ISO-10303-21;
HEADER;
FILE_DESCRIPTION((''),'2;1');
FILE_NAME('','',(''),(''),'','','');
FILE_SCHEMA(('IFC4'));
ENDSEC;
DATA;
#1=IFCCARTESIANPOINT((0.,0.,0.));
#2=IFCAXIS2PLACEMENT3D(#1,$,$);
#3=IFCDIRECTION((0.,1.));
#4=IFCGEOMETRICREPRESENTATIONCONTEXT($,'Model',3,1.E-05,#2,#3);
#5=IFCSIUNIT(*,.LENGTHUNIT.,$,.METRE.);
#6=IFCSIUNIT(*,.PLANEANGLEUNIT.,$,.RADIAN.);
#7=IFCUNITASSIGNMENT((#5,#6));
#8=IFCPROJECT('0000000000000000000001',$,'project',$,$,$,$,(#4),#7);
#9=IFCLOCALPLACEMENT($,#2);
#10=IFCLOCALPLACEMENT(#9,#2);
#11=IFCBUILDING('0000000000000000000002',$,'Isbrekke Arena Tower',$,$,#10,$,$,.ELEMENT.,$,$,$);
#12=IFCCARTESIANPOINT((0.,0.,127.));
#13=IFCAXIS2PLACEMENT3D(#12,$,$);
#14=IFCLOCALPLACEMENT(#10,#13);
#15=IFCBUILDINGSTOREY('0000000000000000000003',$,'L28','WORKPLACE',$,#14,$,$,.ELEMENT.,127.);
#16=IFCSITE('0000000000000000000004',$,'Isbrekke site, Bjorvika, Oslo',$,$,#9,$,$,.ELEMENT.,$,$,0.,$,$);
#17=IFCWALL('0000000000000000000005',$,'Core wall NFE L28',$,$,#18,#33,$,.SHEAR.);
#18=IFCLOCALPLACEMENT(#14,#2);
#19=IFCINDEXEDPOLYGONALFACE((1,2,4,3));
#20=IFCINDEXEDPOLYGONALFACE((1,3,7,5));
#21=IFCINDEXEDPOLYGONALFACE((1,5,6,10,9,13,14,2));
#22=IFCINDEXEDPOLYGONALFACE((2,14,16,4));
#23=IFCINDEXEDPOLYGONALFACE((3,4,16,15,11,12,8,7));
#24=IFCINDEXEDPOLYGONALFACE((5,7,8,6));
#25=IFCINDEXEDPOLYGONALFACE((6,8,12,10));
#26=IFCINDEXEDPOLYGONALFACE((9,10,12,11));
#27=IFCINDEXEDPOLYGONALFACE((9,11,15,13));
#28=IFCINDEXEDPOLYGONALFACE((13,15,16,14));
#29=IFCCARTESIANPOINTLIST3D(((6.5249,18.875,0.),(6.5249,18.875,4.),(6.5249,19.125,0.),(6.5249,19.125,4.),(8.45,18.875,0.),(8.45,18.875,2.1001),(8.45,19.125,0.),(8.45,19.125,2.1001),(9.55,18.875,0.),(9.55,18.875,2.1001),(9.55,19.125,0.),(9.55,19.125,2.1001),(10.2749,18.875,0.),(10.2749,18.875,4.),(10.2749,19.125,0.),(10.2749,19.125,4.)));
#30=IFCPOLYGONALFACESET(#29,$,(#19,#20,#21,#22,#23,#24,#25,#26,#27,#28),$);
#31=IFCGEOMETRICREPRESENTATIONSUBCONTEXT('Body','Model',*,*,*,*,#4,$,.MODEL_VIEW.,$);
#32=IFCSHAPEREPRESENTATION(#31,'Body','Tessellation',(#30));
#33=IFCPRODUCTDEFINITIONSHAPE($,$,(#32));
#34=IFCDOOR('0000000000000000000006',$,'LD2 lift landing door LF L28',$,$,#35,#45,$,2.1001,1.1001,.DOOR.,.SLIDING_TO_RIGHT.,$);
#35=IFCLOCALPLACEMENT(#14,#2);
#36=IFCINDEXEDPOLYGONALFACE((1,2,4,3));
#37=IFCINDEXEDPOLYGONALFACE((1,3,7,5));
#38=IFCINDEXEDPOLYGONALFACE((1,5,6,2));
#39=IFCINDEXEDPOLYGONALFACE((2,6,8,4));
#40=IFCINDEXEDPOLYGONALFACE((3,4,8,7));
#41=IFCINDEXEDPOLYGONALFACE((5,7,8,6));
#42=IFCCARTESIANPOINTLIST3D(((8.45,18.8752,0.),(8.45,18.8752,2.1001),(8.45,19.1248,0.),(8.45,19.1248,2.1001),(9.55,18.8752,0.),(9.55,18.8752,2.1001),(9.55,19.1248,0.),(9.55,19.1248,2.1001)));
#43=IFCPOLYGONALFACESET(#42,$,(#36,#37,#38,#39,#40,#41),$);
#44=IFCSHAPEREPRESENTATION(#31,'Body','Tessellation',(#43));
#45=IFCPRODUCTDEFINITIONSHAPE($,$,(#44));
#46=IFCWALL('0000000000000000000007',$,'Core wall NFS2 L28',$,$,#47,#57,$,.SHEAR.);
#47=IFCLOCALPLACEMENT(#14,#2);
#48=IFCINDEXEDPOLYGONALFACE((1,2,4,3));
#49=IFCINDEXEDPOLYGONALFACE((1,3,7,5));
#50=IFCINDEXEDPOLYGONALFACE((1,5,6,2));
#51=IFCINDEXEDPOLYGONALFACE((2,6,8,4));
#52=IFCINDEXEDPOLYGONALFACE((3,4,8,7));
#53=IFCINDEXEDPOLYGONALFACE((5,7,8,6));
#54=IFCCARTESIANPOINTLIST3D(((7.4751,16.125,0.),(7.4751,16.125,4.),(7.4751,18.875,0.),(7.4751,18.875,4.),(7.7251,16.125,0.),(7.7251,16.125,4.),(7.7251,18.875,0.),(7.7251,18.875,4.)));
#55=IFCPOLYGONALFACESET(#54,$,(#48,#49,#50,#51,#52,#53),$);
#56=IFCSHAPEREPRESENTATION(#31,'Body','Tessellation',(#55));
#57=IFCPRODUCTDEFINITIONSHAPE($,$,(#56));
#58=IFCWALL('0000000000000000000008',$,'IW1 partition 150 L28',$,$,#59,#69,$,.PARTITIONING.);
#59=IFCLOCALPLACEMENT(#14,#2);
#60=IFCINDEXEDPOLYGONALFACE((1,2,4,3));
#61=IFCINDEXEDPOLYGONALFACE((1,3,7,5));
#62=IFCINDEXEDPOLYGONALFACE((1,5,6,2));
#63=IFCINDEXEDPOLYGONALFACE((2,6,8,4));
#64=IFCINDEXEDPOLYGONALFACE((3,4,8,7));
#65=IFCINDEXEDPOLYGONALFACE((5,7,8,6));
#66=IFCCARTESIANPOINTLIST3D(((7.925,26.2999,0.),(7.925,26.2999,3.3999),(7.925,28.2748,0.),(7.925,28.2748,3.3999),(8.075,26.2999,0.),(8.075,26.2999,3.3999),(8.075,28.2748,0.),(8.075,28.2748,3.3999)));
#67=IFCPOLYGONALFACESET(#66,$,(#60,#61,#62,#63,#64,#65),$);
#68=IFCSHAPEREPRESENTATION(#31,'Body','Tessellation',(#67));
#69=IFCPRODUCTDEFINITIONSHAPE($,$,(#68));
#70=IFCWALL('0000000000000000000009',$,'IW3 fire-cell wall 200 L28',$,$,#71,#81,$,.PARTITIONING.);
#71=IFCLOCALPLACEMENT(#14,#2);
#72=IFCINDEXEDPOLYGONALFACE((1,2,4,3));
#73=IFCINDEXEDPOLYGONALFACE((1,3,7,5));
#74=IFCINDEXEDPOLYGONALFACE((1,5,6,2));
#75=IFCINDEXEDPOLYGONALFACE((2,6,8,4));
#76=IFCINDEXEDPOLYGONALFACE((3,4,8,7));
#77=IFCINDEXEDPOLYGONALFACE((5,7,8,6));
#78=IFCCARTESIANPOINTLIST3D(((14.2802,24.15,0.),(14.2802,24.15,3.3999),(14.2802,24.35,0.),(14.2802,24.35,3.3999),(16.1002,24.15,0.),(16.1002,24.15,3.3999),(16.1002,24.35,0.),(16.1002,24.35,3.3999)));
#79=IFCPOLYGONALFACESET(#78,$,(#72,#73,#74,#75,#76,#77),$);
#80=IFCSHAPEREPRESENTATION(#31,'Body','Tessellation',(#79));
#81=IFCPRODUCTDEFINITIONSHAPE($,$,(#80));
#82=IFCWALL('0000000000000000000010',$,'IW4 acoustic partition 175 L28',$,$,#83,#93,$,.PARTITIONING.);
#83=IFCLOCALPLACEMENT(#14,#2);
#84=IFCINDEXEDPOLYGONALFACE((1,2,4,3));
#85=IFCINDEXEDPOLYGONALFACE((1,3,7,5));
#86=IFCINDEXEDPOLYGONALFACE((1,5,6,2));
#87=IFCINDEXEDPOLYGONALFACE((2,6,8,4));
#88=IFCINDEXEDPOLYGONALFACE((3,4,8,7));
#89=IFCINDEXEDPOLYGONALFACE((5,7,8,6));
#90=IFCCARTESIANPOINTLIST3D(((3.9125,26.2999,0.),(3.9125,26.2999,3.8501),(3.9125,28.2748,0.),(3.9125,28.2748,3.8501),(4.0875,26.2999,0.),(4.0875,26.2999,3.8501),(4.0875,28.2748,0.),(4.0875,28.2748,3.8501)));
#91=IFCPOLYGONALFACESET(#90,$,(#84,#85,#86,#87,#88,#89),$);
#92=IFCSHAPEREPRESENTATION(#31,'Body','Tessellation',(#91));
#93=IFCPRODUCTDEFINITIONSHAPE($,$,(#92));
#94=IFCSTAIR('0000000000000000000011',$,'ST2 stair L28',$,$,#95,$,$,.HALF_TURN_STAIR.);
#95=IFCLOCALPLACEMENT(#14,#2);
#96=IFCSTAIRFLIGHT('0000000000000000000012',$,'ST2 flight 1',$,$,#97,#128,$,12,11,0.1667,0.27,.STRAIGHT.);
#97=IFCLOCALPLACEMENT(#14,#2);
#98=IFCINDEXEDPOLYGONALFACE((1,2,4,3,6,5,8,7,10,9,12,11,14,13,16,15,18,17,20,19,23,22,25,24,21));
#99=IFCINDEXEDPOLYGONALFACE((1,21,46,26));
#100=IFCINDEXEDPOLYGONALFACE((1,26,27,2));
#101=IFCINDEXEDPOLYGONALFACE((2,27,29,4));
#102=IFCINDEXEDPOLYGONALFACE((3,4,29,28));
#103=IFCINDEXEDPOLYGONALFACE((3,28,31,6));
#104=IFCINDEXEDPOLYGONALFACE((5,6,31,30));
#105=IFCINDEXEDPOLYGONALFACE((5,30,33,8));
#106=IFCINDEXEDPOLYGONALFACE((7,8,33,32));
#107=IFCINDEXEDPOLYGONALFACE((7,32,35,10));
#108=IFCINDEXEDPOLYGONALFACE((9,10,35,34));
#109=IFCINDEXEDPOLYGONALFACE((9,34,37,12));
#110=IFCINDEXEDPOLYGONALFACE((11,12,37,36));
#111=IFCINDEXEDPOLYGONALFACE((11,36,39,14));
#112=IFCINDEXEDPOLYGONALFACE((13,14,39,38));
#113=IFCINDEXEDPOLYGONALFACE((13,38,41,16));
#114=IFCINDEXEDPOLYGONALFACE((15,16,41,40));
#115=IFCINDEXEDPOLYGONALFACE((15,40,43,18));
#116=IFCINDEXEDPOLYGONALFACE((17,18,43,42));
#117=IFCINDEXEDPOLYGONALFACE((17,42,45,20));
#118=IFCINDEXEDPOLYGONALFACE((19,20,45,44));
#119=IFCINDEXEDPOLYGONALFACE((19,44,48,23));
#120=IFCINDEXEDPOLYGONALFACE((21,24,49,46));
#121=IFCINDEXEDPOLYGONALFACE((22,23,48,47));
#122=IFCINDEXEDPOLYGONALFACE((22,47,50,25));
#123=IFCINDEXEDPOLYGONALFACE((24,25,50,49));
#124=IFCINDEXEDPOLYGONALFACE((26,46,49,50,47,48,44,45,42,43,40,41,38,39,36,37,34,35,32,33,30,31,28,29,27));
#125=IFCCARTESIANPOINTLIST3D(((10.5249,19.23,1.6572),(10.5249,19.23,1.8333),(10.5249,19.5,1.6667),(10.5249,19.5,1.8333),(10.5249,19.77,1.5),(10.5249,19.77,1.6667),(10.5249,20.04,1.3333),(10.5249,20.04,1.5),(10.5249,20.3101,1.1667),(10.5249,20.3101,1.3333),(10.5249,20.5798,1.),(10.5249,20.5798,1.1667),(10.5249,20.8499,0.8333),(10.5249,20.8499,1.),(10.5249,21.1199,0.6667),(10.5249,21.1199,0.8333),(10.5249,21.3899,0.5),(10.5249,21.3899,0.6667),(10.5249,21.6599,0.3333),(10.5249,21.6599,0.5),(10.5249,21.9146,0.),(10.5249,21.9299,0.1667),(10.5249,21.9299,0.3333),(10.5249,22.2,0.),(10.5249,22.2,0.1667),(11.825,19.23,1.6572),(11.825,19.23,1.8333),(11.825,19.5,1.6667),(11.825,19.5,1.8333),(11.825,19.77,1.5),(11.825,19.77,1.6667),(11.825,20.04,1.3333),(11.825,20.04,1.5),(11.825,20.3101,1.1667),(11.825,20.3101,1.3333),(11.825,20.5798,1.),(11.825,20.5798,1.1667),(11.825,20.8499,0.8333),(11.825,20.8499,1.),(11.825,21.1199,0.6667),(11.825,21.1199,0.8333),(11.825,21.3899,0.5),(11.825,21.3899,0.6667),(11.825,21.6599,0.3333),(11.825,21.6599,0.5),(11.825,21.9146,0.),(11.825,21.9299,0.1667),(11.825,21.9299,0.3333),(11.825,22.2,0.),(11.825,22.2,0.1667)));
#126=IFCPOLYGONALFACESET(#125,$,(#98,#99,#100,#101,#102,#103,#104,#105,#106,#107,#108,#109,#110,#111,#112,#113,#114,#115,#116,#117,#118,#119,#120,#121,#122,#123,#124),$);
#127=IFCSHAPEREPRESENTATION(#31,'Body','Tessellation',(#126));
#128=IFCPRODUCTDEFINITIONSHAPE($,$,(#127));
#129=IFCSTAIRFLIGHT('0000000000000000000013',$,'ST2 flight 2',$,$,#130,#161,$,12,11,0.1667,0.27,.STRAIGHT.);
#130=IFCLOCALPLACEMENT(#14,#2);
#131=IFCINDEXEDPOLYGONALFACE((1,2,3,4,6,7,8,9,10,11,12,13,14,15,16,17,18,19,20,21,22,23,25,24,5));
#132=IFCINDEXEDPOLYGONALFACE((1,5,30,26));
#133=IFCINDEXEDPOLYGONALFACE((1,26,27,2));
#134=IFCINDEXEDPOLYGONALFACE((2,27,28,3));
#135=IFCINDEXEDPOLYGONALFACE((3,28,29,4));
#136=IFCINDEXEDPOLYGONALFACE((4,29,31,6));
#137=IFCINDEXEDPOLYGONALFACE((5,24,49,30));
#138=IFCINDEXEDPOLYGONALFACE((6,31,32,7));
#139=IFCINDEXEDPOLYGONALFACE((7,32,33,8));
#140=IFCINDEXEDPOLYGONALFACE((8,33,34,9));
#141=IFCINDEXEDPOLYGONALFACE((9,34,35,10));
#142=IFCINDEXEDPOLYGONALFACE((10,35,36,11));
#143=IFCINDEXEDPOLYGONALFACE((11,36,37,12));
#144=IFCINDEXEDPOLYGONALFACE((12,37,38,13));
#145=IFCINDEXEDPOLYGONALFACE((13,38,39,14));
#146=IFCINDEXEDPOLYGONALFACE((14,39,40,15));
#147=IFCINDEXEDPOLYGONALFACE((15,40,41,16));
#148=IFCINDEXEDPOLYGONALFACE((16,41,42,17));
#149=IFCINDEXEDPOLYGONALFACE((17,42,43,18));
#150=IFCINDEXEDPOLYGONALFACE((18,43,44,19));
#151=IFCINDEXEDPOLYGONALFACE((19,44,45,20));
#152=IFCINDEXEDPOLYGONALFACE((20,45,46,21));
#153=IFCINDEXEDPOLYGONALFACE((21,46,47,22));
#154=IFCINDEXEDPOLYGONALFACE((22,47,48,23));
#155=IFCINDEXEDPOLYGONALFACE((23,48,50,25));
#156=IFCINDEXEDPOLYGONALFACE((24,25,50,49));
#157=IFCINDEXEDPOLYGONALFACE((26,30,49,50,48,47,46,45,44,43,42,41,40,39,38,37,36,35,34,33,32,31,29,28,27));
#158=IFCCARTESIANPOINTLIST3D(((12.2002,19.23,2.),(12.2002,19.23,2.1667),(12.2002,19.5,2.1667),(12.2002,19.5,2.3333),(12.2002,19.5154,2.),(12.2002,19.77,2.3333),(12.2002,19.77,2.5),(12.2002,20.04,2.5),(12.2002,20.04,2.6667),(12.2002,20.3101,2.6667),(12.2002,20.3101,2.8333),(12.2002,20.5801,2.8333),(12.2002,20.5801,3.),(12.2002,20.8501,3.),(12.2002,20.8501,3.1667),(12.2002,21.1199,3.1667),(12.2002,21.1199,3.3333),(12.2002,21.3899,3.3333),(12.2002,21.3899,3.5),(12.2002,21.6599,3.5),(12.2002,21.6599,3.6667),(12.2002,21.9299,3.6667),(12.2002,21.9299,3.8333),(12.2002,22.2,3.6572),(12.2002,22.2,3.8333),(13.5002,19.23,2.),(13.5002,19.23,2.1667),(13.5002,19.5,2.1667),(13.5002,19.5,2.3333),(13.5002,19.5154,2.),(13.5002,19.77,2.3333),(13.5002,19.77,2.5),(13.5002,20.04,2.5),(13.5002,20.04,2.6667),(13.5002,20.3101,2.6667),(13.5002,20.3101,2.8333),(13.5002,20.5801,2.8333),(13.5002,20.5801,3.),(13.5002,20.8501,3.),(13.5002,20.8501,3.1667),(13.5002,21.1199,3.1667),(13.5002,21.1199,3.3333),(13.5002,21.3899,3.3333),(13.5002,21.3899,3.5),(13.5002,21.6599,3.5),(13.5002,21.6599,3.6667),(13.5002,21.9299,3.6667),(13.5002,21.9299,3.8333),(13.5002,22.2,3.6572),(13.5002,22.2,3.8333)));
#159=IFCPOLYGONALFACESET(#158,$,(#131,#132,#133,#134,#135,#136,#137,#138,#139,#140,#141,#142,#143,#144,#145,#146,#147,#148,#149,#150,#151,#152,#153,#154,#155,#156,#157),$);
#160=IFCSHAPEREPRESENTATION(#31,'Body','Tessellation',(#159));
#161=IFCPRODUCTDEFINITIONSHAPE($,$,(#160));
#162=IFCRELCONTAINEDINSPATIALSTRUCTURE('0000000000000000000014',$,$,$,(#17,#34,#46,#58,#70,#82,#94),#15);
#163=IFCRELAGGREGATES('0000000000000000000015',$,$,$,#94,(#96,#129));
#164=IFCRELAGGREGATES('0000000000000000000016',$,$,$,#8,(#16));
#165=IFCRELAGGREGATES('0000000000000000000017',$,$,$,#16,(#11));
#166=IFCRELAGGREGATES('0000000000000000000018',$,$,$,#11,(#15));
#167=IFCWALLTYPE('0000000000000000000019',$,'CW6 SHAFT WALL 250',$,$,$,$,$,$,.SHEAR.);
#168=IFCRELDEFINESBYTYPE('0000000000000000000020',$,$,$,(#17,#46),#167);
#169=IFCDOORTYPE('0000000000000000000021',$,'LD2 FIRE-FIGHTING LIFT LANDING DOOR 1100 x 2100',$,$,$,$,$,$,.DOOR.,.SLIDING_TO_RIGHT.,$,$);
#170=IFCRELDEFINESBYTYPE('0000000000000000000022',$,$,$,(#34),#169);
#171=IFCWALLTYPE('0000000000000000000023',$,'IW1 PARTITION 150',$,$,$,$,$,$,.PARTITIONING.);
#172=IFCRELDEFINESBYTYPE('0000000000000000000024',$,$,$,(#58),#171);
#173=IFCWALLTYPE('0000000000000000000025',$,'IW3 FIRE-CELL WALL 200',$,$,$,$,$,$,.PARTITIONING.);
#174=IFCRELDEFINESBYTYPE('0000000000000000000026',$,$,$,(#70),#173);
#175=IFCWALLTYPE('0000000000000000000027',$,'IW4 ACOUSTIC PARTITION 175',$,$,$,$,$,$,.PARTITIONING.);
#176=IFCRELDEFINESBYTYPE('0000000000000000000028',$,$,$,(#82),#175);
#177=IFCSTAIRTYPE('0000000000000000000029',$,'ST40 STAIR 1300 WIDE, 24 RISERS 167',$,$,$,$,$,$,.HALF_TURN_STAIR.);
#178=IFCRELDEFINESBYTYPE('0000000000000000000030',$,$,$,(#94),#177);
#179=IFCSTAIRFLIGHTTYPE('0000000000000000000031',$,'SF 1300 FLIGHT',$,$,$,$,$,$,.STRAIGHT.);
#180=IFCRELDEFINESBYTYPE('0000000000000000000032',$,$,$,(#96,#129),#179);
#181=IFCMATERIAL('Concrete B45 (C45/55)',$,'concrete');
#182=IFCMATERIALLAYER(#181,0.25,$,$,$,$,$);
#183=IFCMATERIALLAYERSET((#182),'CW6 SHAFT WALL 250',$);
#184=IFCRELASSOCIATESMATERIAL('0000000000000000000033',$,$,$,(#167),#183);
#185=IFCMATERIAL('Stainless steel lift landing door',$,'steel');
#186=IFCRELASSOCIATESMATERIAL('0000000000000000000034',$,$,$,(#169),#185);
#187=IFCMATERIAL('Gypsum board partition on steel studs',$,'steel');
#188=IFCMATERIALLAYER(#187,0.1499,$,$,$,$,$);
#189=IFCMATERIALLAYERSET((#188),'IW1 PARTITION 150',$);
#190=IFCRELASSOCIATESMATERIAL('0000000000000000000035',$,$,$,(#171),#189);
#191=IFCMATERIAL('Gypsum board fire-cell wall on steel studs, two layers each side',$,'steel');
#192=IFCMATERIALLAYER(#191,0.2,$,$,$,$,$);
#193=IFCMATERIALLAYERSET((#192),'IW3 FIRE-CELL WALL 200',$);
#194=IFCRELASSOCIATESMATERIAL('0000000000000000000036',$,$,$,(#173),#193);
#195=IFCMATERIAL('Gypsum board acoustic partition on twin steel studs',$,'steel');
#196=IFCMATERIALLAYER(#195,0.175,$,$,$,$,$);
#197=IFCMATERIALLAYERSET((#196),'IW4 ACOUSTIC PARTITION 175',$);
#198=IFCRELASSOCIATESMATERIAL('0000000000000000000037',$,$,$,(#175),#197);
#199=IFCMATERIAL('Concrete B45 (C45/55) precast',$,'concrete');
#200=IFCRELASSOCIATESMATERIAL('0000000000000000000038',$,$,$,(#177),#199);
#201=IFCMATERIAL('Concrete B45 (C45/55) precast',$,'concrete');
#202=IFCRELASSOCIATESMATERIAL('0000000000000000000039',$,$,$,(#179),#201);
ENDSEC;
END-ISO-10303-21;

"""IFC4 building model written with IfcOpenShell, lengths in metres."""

from ifc_helpers import new_model, si_unit, direction, frame, frame_2d, origin, place, context, subcontext, project, spatial, polyline, rectangle, outline, extrude, material, layer, layer_set, type_object, element, fill, aggregate, save


model = new_model("IFC4")

# Units and contexts
model_context = context("Model", 3, precision=1e-05, world=origin(), true_north=direction((0.0, 1.0)))
body_context = subcontext(model_context, "Body", "Model", "MODEL_VIEW")
ifc_project = project(units=[si_unit("LENGTHUNIT", "METRE"), si_unit("PLANEANGLEUNIT", "RADIAN")], contexts=[model_context])

# Site, building, storey
site_placement = place(None, origin())
site = spatial("IfcSite", under=ifc_project, at=site_placement, Name="Isbrekke site, Bjorvika, Oslo", CompositionType="ELEMENT", RefElevation=0.0)
building_placement = place(site_placement, origin())
building = spatial("IfcBuilding", under=site, at=building_placement, Name="Isbrekke Arena Tower", CompositionType="ELEMENT")
storey_placement = place(building_placement, frame((0.0, 0.0, 127.0)))
storey = spatial("IfcBuildingStorey", under=building, at=storey_placement, Name="L28", Description="WORKPLACE", CompositionType="ELEMENT", Elevation=127.0)

# Shared definitions
ifc_material_1 = material(Name="Concrete B45 (C45/55)", Category="concrete")
ifc_layer_1 = layer(ifc_material_1, 0.25)
ifc_layer_set_1 = layer_set([ifc_layer_1], Name="CW6 SHAFT WALL 250")
wall_type_1 = type_object("IfcWallType", Name="CW6 SHAFT WALL 250", PredefinedType="SHEAR", material=ifc_layer_set_1)

# Wall, opening, door
wall_1_placement = place(storey_placement, frame((6.5249, 19.0, 0.0), z_axis=(0.0, 0.0, 1.0), x_axis=(1.0, 0.0, 0.0)))
wall_1 = element("IfcWall", 1, at=wall_1_placement, inside=storey, type_object=wall_type_1, Name="Core wall NFE L28", PredefinedType="SHEAR", context=body_context, shape_type="SweptSolid", body=[
    extrude(rectangle(XDim=3.75, YDim=0.25, at=frame_2d((1.875, 0.0))), origin(), (0.0, 0.0, 1.0), 4.0),
])
opening_1_placement = place(wall_1_placement, frame((1.925, 0.0, 0.0)))
opening_1 = element("IfcOpeningElement", 2, at=opening_1_placement, cuts=wall_1, PredefinedType="OPENING", context=body_context, shape_type="SweptSolid", body=[
    extrude(rectangle(XDim=1.1001, YDim=2.1001, at=frame_2d((0.55, 1.05))), frame((0.0, 0.1399, 0.0), z_axis=(0.0, -1.0, 0.0), x_axis=(1.0, 0.0, 0.0)), (0.0, 0.0, 1.0), 0.2798),
])
ifc_material_2 = material(Name="Stainless steel lift landing door", Category="steel")
door_type_1 = type_object("IfcDoorType", Name="LD2 FIRE-FIGHTING LIFT LANDING DOOR 1100 x 2100", OperationType="SLIDING_TO_RIGHT", PredefinedType="DOOR", material=ifc_material_2)
door_1_placement = place(opening_1_placement, origin())
door_1 = element("IfcDoor", 3, at=door_1_placement, inside=storey, type_object=door_type_1, Name="LD2 lift landing door LF L28", OperationType="SLIDING_TO_RIGHT", OverallHeight=2.1001, OverallWidth=1.1001, PredefinedType="DOOR", context=body_context, shape_type="SweptSolid", body=[
    extrude(rectangle(XDim=1.1001, YDim=2.1001, at=frame_2d((0.55, 1.05))), frame((0.0, 0.1248, 0.0), z_axis=(0.0, -1.0, 0.0), x_axis=(1.0, 0.0, 0.0)), (0.0, 0.0, 1.0), 0.2495),
])
fill(opening_1, door_1)

# Walls
wall_2_placement = place(storey_placement, frame((7.6001, 16.125, 0.0), z_axis=(0.0, 0.0, 1.0), x_axis=(0.0, 1.0, 0.0)))
element("IfcWall", 4, at=wall_2_placement, inside=storey, type_object=wall_type_1, Name="Core wall NFS2 L28", PredefinedType="SHEAR", context=body_context, shape_type="SweptSolid", body=[
    extrude(rectangle(XDim=2.75, YDim=0.25, at=frame_2d((1.375, 0.0))), origin(), (0.0, 0.0, 1.0), 4.0),
])
ifc_material_3 = material(Name="Gypsum board partition on steel studs", Category="steel")
ifc_layer_2 = layer(ifc_material_3, 0.1499)
ifc_layer_set_2 = layer_set([ifc_layer_2], Name="IW1 PARTITION 150")
wall_type_2 = type_object("IfcWallType", Name="IW1 PARTITION 150", PredefinedType="PARTITIONING", material=ifc_layer_set_2)
wall_3_placement = place(storey_placement, frame((8.0, 26.3, 0.0), z_axis=(0.0, 0.0, 1.0), x_axis=(0.0, 1.0, 0.0)))
element("IfcWall", 5, at=wall_3_placement, inside=storey, type_object=wall_type_2, Name="IW1 partition 150 L28", PredefinedType="PARTITIONING", context=body_context, shape_type="SweptSolid", body=[
    extrude(rectangle(XDim=1.9749, YDim=0.1499, at=frame_2d((0.9873, 0.0))), origin(), (0.0, 0.0, 1.0), 3.3999),
])
ifc_material_4 = material(Name="Gypsum board fire-cell wall on steel studs, two layers each side", Category="steel")
ifc_layer_3 = layer(ifc_material_4, 0.2)
ifc_layer_set_3 = layer_set([ifc_layer_3], Name="IW3 FIRE-CELL WALL 200")
wall_type_3 = type_object("IfcWallType", Name="IW3 FIRE-CELL WALL 200", PredefinedType="PARTITIONING", material=ifc_layer_set_3)
wall_4_placement = place(storey_placement, frame((14.28, 24.25, 0.0), z_axis=(0.0, 0.0, 1.0), x_axis=(1.0, 0.0, 0.0)))
element("IfcWall", 6, at=wall_4_placement, inside=storey, type_object=wall_type_3, Name="IW3 fire-cell wall 200 L28", PredefinedType="PARTITIONING", context=body_context, shape_type="SweptSolid", body=[
    extrude(rectangle(XDim=1.8201, YDim=0.2, at=frame_2d((0.9102, 0.0))), origin(), (0.0, 0.0, 1.0), 3.3999),
])

# Wall
ifc_material_5 = material(Name="Gypsum board acoustic partition on twin steel studs", Category="steel")
ifc_layer_4 = layer(ifc_material_5, 0.175)
ifc_layer_set_4 = layer_set([ifc_layer_4], Name="IW4 ACOUSTIC PARTITION 175")
wall_type_4 = type_object("IfcWallType", Name="IW4 ACOUSTIC PARTITION 175", PredefinedType="PARTITIONING", material=ifc_layer_set_4)
wall_5_placement = place(storey_placement, frame((4.0, 26.3, 0.0), z_axis=(0.0, 0.0, 1.0), x_axis=(0.0, 1.0, 0.0)))
element("IfcWall", 7, at=wall_5_placement, inside=storey, type_object=wall_type_4, Name="IW4 acoustic partition 175 L28", PredefinedType="PARTITIONING", context=body_context, shape_type="SweptSolid", body=[
    extrude(rectangle(XDim=1.9749, YDim=0.175, at=frame_2d((0.9873, 0.0))), origin(), (0.0, 0.0, 1.0), 3.8501),
])

# Stair, stair flights
ifc_material_6 = material(Name="Concrete B45 (C45/55) precast", Category="concrete")
stair_type = type_object("IfcStairType", Name="ST40 STAIR 1300 WIDE, 24 RISERS 167", PredefinedType="HALF_TURN_STAIR", material=ifc_material_6)
stair_placement = place(storey_placement, origin())
stair = element("IfcStair", 8, at=stair_placement, inside=storey, type_object=stair_type, Name="ST2 stair L28", PredefinedType="HALF_TURN_STAIR")
ifc_material_7 = material(Name="Concrete B45 (C45/55) precast", Category="concrete")
stair_flight_type = type_object("IfcStairFlightType", Name="SF 1300 FLIGHT", PredefinedType="STRAIGHT", material=ifc_material_7)
stair_flight_1_placement = place(storey_placement, frame((11.175, 22.2, 0.0), z_axis=(0.0, 0.0, 1.0), x_axis=(0.0, -1.0, 0.0)))
stair_flight_1 = element("IfcStairFlight", 9, at=stair_flight_1_placement, type_object=stair_flight_type, Name="ST2 flight 1", NumberOfRisers=12, NumberOfTreads=11, PredefinedType="STRAIGHT", RiserHeight=0.1667, TreadLength=0.27, context=body_context, shape_type="SweptSolid", body=[
    extrude(outline(polyline([(0.0, 0.0), (0.0, 0.1667), (0.27, 0.1667), (0.27, 0.3333), (0.54, 0.3333), (0.54, 0.5), (0.8101, 0.5), (0.8101, 0.6667), (1.0801, 0.6667), (1.0801, 0.8333), (1.3501, 0.8333), (1.3501, 1.0), (1.6201, 1.0), (1.6201, 1.1667), (1.8899, 1.1667), (1.8899, 1.3333), (2.1599, 1.3333), (2.1599, 1.5), (2.4299, 1.5), (2.4299, 1.6667), (2.7, 1.6667), (2.7, 1.8333), (2.97, 1.8333), (2.97, 2.0), (2.97, 1.6572), (0.2854, 0.0), (0.0, 0.0)])), frame((0.0, 0.6499, 0.0), z_axis=(0.0, -1.0, 0.0), x_axis=(1.0, 0.0, 0.0)), (0.0, 0.0, 1.0), 1.3),
])
stair_flight_2_placement = place(storey_placement, frame((12.8501, 19.23, 2.0), z_axis=(0.0, 0.0, 1.0), x_axis=(0.0, 1.0, 0.0)))
stair_flight_2 = element("IfcStairFlight", 10, at=stair_flight_2_placement, type_object=stair_flight_type, Name="ST2 flight 2", NumberOfRisers=12, NumberOfTreads=11, PredefinedType="STRAIGHT", RiserHeight=0.1667, TreadLength=0.27, context=body_context, shape_type="SweptSolid", body=[
    extrude(outline(polyline([(0.0, 0.0), (0.0, 0.1667), (0.27, 0.1667), (0.27, 0.3333), (0.54, 0.3333), (0.54, 0.5), (0.8101, 0.5), (0.8101, 0.6667), (1.0801, 0.6667), (1.0801, 0.8333), (1.3501, 0.8333), (1.3501, 1.0), (1.6201, 1.0), (1.6201, 1.1667), (1.8899, 1.1667), (1.8899, 1.3333), (2.1599, 1.3333), (2.1599, 1.5), (2.4299, 1.5), (2.4299, 1.6667), (2.7, 1.6667), (2.7, 1.8333), (2.97, 1.8333), (2.97, 2.0), (2.97, 1.6572), (0.2854, 0.0), (0.0, 0.0)])), frame((0.0, 0.6499, 0.0), z_axis=(0.0, -1.0, 0.0), x_axis=(1.0, 0.0, 0.0)), (0.0, 0.0, 1.0), 1.3),
])
aggregate(stair, [stair_flight_1, stair_flight_2])

save(model, "model.ifc")
